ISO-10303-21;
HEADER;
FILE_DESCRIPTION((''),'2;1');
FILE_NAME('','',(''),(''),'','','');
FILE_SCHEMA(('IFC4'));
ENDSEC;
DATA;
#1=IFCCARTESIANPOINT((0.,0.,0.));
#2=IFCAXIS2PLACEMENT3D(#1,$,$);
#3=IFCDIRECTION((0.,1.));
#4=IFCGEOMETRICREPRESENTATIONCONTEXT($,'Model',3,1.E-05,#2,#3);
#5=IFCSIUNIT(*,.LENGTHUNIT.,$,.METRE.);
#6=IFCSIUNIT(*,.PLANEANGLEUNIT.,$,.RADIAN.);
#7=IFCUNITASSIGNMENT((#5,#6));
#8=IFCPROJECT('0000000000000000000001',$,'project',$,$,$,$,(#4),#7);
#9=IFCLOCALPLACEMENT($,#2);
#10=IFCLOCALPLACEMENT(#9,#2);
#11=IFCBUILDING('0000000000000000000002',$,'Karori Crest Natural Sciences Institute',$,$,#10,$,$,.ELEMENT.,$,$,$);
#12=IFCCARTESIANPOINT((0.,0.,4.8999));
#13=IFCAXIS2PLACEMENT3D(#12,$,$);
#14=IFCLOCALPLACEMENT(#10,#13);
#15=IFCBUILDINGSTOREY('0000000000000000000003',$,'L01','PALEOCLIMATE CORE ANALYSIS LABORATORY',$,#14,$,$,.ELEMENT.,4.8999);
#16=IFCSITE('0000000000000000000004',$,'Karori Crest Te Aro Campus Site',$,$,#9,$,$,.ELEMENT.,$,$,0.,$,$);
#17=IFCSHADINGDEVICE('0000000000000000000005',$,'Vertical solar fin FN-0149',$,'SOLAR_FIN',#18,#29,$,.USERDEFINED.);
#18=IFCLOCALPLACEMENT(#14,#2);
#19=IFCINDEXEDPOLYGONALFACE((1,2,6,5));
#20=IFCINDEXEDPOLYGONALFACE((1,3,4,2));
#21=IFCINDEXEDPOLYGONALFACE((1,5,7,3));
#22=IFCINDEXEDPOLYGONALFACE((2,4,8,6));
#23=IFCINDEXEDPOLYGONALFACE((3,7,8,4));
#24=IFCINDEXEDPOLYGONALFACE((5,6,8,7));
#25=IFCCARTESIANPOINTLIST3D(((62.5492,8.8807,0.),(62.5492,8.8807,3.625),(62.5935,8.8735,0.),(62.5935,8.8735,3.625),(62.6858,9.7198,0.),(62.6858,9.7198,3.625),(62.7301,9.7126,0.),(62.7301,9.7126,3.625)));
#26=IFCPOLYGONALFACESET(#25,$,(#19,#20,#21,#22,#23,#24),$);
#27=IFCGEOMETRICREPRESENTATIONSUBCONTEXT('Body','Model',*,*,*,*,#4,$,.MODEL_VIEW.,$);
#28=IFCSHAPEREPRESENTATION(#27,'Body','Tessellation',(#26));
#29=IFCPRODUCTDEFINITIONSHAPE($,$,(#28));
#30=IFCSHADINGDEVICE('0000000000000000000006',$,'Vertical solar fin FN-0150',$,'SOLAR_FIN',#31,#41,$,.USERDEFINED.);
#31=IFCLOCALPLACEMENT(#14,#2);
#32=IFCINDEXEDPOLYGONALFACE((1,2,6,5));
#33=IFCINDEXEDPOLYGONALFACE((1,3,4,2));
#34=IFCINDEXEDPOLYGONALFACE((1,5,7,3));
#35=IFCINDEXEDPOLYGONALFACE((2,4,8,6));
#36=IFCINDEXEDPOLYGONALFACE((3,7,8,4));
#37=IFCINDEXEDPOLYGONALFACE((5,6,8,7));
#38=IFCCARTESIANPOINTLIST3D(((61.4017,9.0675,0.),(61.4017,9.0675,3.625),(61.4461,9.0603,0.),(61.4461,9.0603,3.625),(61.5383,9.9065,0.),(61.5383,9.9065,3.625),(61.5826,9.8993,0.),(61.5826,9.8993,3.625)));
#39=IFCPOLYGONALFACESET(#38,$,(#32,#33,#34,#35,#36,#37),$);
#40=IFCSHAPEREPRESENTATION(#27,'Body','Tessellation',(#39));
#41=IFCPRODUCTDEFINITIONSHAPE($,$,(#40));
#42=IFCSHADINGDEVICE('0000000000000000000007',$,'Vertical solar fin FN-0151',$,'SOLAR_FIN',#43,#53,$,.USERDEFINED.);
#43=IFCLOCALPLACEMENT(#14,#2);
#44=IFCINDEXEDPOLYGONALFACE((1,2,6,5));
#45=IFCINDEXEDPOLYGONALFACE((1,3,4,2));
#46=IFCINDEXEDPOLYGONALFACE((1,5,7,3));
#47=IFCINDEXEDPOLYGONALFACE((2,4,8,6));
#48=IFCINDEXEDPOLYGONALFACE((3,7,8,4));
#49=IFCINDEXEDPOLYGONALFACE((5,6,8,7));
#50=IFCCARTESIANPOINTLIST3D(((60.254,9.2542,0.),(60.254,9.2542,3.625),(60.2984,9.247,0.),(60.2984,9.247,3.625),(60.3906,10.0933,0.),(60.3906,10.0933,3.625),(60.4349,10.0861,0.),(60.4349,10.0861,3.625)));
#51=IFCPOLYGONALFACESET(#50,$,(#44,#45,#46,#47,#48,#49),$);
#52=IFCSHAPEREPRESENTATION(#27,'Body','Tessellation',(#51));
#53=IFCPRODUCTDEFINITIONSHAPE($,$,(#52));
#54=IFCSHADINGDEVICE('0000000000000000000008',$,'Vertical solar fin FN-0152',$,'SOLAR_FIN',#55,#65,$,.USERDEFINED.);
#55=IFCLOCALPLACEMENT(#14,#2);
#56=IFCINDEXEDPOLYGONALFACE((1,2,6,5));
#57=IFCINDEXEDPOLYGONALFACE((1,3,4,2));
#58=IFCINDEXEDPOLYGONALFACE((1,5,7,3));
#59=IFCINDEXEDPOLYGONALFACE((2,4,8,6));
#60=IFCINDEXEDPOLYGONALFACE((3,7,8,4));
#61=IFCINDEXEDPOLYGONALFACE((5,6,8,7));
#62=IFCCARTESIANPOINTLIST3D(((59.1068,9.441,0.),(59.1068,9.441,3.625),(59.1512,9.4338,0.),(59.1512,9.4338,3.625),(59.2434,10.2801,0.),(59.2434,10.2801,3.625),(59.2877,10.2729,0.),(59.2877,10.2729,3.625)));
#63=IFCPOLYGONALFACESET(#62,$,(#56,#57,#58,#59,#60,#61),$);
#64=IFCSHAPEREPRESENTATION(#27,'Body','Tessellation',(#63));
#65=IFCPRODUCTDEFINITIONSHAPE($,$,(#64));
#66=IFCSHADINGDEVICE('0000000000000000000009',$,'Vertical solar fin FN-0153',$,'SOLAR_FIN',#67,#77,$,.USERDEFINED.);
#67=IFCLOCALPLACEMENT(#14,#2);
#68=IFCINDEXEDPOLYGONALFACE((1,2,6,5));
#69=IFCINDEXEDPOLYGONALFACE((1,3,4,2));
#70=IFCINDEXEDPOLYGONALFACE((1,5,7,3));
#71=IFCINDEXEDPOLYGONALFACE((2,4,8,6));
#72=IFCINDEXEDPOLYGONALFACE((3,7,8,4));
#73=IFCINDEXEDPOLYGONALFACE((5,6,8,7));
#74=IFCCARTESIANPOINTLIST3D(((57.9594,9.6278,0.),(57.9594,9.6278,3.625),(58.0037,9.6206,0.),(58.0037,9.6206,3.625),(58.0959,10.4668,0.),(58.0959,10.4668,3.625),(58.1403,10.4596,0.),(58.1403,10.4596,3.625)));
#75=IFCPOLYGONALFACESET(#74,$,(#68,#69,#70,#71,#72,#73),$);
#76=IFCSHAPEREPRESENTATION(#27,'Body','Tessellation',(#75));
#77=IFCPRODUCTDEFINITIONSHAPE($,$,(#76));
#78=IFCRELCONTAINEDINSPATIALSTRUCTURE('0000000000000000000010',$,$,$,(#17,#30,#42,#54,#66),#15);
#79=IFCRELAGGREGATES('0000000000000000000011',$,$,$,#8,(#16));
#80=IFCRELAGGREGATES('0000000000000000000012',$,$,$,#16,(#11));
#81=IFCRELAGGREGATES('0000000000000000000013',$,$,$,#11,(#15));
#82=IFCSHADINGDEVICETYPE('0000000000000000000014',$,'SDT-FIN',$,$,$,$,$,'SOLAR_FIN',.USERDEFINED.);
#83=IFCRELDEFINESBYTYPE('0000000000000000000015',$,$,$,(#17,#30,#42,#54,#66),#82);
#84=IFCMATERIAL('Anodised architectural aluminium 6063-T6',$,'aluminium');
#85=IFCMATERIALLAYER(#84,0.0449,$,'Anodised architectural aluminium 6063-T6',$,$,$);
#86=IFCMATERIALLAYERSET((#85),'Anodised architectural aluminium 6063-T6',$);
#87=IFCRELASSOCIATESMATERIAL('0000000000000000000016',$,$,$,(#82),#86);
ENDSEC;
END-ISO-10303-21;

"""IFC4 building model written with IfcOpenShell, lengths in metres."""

from ifc_helpers import new_model, si_unit, direction, frame, origin, origin_2d, place, context, subcontext, project, spatial, rectangle, extrude, material, layer, layer_set, type_object, element, save


model = new_model("IFC4")

# Units and contexts
model_context = context("Model", 3, precision=1e-05, world=origin(), true_north=direction((0.0, 1.0)))
body_context = subcontext(model_context, "Body", "Model", "MODEL_VIEW")
ifc_project = project(units=[si_unit("LENGTHUNIT", "METRE"), si_unit("PLANEANGLEUNIT", "RADIAN")], contexts=[model_context])

# Site, building, storey
site_placement = place(None, origin())
site = spatial("IfcSite", under=ifc_project, at=site_placement, Name="Karori Crest Te Aro Campus Site", CompositionType="ELEMENT", RefElevation=0.0)
building_placement = place(site_placement, origin())
building = spatial("IfcBuilding", under=site, at=building_placement, Name="Karori Crest Natural Sciences Institute", CompositionType="ELEMENT")
storey_placement = place(building_placement, frame((0.0, 0.0, 4.8999)))
storey = spatial("IfcBuildingStorey", under=building, at=storey_placement, Name="L01", Description="PALEOCLIMATE CORE ANALYSIS LABORATORY", CompositionType="ELEMENT", Elevation=4.8999)

# Shared definitions
ifc_material_1 = material(Name="Anodised architectural aluminium 6063-T6", Category="aluminium")

# Shading devices
ifc_layer_1 = layer(ifc_material_1, 0.0449, Name="Anodised architectural aluminium 6063-T6")
ifc_layer_set_1 = layer_set([ifc_layer_1], Name="Anodised architectural aluminium 6063-T6")
shading_device_type = type_object("IfcShadingDeviceType", Name="SDT-FIN", ElementType="SOLAR_FIN", PredefinedType="USERDEFINED", material=ifc_layer_set_1)
for number, where, z_axis, x_axis, name in (
    (1, (62.6396, 9.2966, 0.0), (0.0, 0.0, 1.0), (-0.160651, -0.987011, 0.0), "Vertical solar fin FN-0149"),
    (2, (61.4922, 9.4834, 0.0), (0.0, 0.0, 1.0), (-0.160651, -0.987011, 0.0), "Vertical solar fin FN-0150"),
    (3, (60.3445, 9.6702, 0.0), (0.0, 0.0, 1.0), (-0.160651, -0.987011, 0.0), "Vertical solar fin FN-0151"),
    (4, (59.1973, 9.8569, 0.0), (0.0, 0.0, 1.0), (-0.160651, -0.987011, 0.0), "Vertical solar fin FN-0152"),
    (5, (58.0498, 10.0437, 0.0), (0.0, 0.0, 1.0), (-0.160651, -0.987011, 0.0), "Vertical solar fin FN-0153"),
):
    element("IfcShadingDevice", number, at=place(storey_placement, frame(where, z_axis=z_axis, x_axis=x_axis)), inside=storey, type_object=shading_device_type, Name=name, ObjectType="SOLAR_FIN", PredefinedType="USERDEFINED", context=body_context, shape_type="SweptSolid", body=[
        extrude(rectangle(XDim=0.8501, YDim=0.0449, at=origin_2d()), origin(), (0.0, 0.0, 1.0), 3.625),
    ])

save(model, "model.ifc")
